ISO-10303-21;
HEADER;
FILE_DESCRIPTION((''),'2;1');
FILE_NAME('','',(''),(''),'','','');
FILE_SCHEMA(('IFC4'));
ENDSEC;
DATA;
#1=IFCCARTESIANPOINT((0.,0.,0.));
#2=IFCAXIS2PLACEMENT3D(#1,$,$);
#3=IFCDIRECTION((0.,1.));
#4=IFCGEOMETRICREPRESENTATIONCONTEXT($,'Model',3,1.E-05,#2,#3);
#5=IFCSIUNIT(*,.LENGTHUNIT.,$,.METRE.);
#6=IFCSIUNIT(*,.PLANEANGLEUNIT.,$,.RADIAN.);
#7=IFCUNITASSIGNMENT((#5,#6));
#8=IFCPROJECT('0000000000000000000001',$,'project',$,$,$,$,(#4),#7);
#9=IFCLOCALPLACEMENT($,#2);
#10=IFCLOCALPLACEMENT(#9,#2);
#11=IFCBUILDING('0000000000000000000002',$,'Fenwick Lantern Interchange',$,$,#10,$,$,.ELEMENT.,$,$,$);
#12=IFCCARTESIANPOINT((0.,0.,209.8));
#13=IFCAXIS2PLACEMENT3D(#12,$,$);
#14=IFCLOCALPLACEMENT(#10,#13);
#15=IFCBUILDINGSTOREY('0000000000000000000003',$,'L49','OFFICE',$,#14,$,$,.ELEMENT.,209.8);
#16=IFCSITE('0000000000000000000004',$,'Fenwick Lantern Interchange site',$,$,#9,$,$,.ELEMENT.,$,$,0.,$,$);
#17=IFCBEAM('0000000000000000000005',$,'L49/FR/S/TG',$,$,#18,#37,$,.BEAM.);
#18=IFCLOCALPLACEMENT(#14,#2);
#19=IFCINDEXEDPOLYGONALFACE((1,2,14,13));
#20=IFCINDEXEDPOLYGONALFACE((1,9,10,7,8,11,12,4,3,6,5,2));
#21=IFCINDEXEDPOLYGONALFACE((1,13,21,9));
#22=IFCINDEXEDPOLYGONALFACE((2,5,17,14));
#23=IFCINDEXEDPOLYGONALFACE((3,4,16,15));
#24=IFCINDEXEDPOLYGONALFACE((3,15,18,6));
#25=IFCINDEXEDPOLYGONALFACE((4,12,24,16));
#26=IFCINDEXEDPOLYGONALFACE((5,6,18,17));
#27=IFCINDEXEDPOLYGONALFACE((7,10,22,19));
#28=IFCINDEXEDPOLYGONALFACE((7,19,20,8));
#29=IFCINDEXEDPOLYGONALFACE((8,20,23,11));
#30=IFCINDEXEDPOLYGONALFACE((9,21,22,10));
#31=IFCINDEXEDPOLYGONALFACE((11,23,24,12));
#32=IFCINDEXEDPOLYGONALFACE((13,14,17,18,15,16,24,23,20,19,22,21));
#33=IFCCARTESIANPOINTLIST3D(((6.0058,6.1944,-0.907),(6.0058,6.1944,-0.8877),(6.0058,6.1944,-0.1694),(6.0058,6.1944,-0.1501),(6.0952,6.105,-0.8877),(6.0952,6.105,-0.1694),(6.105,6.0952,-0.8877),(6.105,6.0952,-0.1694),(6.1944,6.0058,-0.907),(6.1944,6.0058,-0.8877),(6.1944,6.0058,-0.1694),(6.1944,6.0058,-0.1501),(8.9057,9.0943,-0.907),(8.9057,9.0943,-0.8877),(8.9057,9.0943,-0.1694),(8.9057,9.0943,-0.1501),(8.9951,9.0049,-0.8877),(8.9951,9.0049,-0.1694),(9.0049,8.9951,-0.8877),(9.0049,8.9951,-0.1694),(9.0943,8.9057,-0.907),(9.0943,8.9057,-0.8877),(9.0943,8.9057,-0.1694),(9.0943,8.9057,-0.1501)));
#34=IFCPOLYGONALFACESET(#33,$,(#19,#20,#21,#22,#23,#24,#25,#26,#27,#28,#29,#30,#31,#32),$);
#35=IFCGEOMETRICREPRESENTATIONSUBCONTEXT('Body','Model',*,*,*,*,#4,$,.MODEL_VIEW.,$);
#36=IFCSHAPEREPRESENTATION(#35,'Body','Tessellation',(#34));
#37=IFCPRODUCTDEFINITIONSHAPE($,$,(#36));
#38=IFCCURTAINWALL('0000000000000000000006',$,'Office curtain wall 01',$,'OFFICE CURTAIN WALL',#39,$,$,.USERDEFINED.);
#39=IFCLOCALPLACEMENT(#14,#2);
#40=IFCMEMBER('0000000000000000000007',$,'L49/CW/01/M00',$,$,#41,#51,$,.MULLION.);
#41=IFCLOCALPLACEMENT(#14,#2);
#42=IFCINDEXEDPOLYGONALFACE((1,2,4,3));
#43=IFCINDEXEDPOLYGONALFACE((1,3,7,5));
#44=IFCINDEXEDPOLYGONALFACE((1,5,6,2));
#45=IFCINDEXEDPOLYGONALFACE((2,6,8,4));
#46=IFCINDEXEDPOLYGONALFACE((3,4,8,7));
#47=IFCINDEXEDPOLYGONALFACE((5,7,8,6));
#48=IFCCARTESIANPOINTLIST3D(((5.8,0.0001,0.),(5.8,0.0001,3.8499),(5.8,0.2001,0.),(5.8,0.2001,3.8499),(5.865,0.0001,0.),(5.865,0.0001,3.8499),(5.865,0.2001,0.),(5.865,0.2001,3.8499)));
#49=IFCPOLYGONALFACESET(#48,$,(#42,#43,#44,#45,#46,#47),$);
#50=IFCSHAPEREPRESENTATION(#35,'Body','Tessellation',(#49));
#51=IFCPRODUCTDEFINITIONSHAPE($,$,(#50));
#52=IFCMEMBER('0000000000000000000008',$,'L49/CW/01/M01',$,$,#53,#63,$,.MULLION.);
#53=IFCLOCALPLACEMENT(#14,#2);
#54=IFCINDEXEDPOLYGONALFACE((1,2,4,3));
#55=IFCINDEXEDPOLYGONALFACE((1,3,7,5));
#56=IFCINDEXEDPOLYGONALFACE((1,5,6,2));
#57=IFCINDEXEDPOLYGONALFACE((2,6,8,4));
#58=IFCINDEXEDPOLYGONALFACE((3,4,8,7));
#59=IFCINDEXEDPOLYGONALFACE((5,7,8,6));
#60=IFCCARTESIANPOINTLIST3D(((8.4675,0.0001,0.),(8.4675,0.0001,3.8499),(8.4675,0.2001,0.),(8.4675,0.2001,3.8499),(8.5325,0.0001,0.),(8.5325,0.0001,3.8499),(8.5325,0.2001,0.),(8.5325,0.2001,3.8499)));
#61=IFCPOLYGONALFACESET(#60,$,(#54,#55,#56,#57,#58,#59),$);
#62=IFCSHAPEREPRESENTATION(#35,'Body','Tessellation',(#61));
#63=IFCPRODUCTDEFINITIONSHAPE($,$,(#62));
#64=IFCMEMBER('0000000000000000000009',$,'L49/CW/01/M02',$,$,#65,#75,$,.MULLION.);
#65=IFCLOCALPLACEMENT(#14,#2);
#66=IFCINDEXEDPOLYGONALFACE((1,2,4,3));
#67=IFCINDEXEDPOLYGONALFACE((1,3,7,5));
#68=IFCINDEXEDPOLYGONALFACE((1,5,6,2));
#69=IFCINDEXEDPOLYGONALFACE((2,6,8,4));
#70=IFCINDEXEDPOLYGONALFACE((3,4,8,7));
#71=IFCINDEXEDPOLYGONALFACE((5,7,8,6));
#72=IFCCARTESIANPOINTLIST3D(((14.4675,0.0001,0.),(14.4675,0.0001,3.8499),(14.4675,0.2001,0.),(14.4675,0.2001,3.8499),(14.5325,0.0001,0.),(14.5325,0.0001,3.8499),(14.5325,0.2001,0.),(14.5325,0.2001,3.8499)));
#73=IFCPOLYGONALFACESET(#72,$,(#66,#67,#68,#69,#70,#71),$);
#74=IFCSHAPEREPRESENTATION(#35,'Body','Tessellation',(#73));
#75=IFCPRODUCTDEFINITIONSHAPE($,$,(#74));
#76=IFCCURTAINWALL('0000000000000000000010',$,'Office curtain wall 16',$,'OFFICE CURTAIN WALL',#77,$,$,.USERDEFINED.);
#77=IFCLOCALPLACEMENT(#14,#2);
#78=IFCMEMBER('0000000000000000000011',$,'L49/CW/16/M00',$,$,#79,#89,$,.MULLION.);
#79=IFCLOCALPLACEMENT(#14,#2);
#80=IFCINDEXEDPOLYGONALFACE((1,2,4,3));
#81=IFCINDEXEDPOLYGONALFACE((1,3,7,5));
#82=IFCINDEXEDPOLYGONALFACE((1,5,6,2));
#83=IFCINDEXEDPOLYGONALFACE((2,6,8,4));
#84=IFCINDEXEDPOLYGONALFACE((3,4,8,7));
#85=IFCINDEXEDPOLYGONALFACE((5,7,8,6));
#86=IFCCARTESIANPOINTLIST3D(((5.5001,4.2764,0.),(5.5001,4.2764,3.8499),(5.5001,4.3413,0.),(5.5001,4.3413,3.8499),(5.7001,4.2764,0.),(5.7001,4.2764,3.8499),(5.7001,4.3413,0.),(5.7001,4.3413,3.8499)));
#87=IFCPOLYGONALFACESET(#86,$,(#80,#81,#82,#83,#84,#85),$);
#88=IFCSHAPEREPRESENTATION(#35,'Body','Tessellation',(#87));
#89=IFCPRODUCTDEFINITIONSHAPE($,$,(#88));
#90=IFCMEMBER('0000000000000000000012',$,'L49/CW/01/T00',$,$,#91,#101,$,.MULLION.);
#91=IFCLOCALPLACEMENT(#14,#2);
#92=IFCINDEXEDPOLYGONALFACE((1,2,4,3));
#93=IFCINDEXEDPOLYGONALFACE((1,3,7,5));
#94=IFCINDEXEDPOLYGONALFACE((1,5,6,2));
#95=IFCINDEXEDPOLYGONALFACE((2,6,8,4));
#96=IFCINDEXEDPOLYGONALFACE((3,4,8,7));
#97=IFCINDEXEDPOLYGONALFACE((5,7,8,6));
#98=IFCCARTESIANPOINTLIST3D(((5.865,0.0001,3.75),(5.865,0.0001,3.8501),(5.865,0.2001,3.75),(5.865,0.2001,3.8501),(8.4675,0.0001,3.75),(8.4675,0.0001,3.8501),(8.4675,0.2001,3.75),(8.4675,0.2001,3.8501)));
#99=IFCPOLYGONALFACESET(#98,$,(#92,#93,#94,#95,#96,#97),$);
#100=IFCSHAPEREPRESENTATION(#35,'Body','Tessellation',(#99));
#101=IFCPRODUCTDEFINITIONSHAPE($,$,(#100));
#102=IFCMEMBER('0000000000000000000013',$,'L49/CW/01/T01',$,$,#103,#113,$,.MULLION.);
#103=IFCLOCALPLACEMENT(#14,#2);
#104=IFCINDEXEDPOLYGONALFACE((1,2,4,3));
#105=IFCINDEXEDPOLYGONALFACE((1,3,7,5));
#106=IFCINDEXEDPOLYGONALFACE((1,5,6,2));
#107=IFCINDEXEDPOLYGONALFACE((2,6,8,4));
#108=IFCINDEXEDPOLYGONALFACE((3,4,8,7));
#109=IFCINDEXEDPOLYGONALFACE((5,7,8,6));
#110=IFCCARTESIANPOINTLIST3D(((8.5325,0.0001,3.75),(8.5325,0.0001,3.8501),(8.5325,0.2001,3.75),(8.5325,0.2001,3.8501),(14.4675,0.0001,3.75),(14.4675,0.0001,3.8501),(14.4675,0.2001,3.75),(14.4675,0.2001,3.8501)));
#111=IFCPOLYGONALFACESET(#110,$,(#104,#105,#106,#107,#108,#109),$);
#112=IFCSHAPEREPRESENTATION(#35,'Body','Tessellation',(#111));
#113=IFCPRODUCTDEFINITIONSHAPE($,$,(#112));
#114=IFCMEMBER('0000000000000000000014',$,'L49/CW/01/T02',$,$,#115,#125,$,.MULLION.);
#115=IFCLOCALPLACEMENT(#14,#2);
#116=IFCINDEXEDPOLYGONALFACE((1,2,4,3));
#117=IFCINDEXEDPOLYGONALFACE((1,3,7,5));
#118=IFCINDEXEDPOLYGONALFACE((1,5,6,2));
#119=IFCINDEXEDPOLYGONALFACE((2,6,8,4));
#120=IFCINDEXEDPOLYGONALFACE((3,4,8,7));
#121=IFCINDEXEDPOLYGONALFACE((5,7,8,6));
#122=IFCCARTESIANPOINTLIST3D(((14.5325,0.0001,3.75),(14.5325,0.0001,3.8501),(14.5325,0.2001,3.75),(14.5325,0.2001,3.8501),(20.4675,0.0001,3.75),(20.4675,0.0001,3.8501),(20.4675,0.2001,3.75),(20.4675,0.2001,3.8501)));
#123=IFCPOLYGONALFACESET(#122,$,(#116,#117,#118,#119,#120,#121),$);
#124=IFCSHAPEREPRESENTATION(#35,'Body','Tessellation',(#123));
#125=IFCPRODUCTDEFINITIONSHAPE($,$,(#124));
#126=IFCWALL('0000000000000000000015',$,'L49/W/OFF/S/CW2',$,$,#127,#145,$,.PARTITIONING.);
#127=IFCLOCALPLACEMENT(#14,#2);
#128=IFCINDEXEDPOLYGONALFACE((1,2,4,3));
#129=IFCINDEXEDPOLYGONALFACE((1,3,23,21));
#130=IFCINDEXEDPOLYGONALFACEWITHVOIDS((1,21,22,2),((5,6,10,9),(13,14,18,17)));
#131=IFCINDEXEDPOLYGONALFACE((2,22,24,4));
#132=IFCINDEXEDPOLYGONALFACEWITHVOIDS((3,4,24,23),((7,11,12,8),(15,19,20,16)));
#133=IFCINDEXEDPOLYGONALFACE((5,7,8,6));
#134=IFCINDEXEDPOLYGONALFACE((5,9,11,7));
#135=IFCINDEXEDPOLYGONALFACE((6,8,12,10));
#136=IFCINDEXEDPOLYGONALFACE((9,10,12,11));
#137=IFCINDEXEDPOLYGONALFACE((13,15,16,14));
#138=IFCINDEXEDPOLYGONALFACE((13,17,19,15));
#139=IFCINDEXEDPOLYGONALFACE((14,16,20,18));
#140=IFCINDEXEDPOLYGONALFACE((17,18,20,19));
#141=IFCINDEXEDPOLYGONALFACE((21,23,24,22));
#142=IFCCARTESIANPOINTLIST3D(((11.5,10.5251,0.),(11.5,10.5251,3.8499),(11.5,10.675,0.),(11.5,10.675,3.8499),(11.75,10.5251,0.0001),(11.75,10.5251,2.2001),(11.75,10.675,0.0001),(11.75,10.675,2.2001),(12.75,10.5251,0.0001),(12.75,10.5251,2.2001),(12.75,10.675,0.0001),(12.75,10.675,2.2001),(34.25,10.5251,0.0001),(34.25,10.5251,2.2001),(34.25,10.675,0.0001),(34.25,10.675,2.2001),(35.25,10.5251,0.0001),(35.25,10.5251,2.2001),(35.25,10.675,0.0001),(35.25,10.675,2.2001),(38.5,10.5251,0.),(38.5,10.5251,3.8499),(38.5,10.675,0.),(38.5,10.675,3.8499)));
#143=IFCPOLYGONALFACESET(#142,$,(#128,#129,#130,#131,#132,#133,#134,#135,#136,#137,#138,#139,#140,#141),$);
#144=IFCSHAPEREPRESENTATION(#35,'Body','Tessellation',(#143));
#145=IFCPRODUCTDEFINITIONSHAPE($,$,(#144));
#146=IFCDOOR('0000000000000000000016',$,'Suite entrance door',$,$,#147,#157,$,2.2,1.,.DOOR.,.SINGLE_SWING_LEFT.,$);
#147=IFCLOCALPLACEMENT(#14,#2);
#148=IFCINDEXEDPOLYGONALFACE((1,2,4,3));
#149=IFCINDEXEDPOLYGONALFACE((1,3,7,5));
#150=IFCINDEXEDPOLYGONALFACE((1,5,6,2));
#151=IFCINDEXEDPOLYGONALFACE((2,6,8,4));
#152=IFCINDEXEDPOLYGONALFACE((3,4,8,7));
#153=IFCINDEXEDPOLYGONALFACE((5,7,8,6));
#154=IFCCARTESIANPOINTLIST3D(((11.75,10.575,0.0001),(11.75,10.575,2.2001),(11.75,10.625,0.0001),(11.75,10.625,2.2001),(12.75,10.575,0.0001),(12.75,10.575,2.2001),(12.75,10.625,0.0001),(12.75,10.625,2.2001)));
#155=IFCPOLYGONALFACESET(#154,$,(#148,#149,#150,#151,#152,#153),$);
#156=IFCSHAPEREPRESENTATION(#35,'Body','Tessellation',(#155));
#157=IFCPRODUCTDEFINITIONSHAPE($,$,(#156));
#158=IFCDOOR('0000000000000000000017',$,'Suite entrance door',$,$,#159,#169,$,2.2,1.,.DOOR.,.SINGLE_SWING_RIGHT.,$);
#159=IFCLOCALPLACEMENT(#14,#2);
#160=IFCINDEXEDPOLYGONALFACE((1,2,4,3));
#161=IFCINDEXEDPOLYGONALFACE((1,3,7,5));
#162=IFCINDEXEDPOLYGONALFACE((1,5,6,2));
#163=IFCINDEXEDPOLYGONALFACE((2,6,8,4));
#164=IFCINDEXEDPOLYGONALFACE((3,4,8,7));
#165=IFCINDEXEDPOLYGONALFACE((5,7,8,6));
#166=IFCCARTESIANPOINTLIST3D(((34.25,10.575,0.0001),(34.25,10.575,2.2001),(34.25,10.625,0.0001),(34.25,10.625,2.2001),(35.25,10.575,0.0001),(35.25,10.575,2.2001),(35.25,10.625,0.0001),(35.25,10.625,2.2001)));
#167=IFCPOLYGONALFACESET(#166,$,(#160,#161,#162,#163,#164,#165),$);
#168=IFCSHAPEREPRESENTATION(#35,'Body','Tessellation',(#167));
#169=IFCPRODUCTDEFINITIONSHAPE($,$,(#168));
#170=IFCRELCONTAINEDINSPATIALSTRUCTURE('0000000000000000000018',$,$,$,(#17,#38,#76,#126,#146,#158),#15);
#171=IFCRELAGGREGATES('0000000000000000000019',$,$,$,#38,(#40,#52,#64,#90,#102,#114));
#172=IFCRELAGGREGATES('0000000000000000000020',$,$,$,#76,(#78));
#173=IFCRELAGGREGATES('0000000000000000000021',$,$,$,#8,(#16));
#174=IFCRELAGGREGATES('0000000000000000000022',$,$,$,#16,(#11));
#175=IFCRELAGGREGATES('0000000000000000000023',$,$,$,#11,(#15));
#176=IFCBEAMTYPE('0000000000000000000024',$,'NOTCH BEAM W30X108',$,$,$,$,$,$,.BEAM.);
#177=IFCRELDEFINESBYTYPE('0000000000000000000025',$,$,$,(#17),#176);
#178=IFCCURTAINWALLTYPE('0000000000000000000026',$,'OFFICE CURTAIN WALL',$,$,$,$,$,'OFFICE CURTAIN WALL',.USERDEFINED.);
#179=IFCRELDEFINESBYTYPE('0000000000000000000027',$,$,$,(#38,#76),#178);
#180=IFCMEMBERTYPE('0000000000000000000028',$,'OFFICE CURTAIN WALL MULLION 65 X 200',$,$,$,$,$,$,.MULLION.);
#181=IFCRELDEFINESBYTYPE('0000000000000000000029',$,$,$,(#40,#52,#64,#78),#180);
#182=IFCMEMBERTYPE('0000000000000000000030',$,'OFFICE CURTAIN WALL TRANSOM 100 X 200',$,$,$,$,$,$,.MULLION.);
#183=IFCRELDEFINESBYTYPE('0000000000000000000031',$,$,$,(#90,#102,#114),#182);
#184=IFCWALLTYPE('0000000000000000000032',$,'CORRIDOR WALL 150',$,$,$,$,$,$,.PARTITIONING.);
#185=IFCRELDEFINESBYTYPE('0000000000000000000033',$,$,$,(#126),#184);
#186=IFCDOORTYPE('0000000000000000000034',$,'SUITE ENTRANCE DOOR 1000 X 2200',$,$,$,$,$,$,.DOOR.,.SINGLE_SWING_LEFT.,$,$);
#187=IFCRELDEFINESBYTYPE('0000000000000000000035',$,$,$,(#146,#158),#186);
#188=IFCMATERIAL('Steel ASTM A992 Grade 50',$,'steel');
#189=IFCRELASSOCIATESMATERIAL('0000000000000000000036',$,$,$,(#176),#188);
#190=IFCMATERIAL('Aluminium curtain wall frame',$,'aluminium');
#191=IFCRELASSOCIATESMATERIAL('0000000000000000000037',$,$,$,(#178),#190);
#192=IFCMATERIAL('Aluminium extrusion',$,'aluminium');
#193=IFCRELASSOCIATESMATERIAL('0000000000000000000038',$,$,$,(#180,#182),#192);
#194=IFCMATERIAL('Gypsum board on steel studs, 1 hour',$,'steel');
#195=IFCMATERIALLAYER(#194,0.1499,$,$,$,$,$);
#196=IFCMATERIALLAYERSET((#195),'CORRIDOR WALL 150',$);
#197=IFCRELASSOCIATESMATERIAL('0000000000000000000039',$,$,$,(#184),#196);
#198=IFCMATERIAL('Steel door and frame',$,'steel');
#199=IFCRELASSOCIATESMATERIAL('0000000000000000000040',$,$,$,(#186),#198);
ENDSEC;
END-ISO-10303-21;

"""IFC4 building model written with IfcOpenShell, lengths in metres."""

from ifc_helpers import new_model, si_unit, direction, frame, frame_2d, origin, origin_2d, place, context, subcontext, project, spatial, rectangle, i_section, extrude, material, layer, layer_set, material_profile, profile_set, type_object, element, fill, aggregate, save


model = new_model("IFC4")

# Units and contexts
model_context = context("Model", 3, precision=1e-05, world=origin(), true_north=direction((0.0, 1.0)))
body_context = subcontext(model_context, "Body", "Model", "MODEL_VIEW")
ifc_project = project(units=[si_unit("LENGTHUNIT", "METRE"), si_unit("PLANEANGLEUNIT", "RADIAN")], contexts=[model_context])

# Site, building, storey
site_placement = place(None, origin())
site = spatial("IfcSite", under=ifc_project, at=site_placement, Name="Fenwick Lantern Interchange site", CompositionType="ELEMENT", RefElevation=0.0)
building_placement = place(site_placement, origin())
building = spatial("IfcBuilding", under=site, at=building_placement, Name="Fenwick Lantern Interchange", CompositionType="ELEMENT")
storey_placement = place(building_placement, frame((0.0, 0.0, 209.8)))
storey = spatial("IfcBuildingStorey", under=building, at=storey_placement, Name="L49", Description="OFFICE", CompositionType="ELEMENT", Elevation=209.8)

# Shared definitions
ifc_material_1 = material(Name="Steel ASTM A992 Grade 50", Category="steel")

# Beam
ifc_material_profile_1 = material_profile(ifc_material_1, i_section(OverallWidth=0.2666, OverallDepth=0.7568, WebThickness=0.0139, FlangeThickness=0.0193, at=origin_2d()), Name="W30X108")
ifc_profile_set_1 = profile_set([ifc_material_profile_1], Name="Steel ASTM A992 Grade 50")
beam_type_1 = type_object("IfcBeamType", Name="NOTCH BEAM W30X108", PredefinedType="BEAM", material=ifc_profile_set_1)
beam_1_placement = place(storey_placement, frame((9.0, 9.0, -0.5286), z_axis=(-0.707107, -0.707107, 0.0), x_axis=(0.707107, -0.707107, 0.0)))
element("IfcBeam", 1, at=beam_1_placement, inside=storey, type_object=beam_type_1, Name="L49/FR/S/TG", PredefinedType="BEAM", context=body_context, shape_type="SweptSolid", body=[
    extrude(i_section(OverallWidth=0.2666, OverallDepth=0.7568, WebThickness=0.0139, FlangeThickness=0.0193, at=origin_2d()), origin(), (0.0, 0.0, 1.0), 4.1011),
])

# Curtain wall, members
ifc_material_2 = material(Name="Aluminium curtain wall frame", Category="aluminium")
curtain_wall_type = type_object("IfcCurtainWallType", Name="OFFICE CURTAIN WALL", ElementType="OFFICE CURTAIN WALL", PredefinedType="USERDEFINED", material=ifc_material_2)
curtain_wall_1_placement = place(storey_placement, origin())
curtain_wall_1 = element("IfcCurtainWall", 2, at=curtain_wall_1_placement, inside=storey, type_object=curtain_wall_type, Name="Office curtain wall 01", ObjectType="OFFICE CURTAIN WALL", PredefinedType="USERDEFINED")
ifc_material_3 = material(Name="Aluminium extrusion", Category="aluminium")
ifc_material_profile_2 = material_profile(ifc_material_3, rectangle(XDim=0.2, YDim=0.0649, at=origin_2d()), Name="OFFICE CURTAIN WALL MULLION 65 X 200")
ifc_profile_set_2 = profile_set([ifc_material_profile_2], Name="Aluminium extrusion")
member_type_1 = type_object("IfcMemberType", Name="OFFICE CURTAIN WALL MULLION 65 X 200", PredefinedType="MULLION", material=ifc_profile_set_2)
member_1_placement = place(storey_placement, frame((5.8325, 0.1001, 0.0), z_axis=(0.0, 0.0, 1.0), x_axis=(0.0, 1.0, 0.0)))
member_1 = element("IfcMember", 3, at=member_1_placement, type_object=member_type_1, Name="L49/CW/01/M00", PredefinedType="MULLION", context=body_context, shape_type="SweptSolid", body=[
    extrude(rectangle(XDim=0.2, YDim=0.0649, at=origin_2d()), origin(), (0.0, 0.0, 1.0), 3.8499),
])
member_2_placement = place(storey_placement, frame((8.5, 0.1001, 0.0), z_axis=(0.0, 0.0, 1.0), x_axis=(0.0, 1.0, 0.0)))
member_2 = element("IfcMember", 4, at=member_2_placement, type_object=member_type_1, Name="L49/CW/01/M01", PredefinedType="MULLION", context=body_context, shape_type="SweptSolid", body=[
    extrude(rectangle(XDim=0.2, YDim=0.0649, at=origin_2d()), origin(), (0.0, 0.0, 1.0), 3.8499),
])
member_3_placement = place(storey_placement, frame((14.5, 0.1001, 0.0), z_axis=(0.0, 0.0, 1.0), x_axis=(0.0, 1.0, 0.0)))
member_3 = element("IfcMember", 5, at=member_3_placement, type_object=member_type_1, Name="L49/CW/01/M02", PredefinedType="MULLION", context=body_context, shape_type="SweptSolid", body=[
    extrude(rectangle(XDim=0.2, YDim=0.0649, at=origin_2d()), origin(), (0.0, 0.0, 1.0), 3.8499),
])

# Curtain wall, member
curtain_wall_2_placement = place(storey_placement, origin())
curtain_wall_2 = element("IfcCurtainWall", 6, at=curtain_wall_2_placement, inside=storey, type_object=curtain_wall_type, Name="Office curtain wall 16", ObjectType="OFFICE CURTAIN WALL", PredefinedType="USERDEFINED")
member_4_placement = place(storey_placement, frame((5.6001, 4.3088, 0.0), z_axis=(0.0, 0.0, 1.0), x_axis=(1.0, 0.0, 0.0)))
member_4 = element("IfcMember", 7, at=member_4_placement, type_object=member_type_1, Name="L49/CW/16/M00", PredefinedType="MULLION", context=body_context, shape_type="SweptSolid", body=[
    extrude(rectangle(XDim=0.2, YDim=0.0649, at=origin_2d()), origin(), (0.0, 0.0, 1.0), 3.8499),
])

# Members
ifc_material_profile_3 = material_profile(ifc_material_3, rectangle(XDim=0.2, YDim=0.1001, at=origin_2d()), Name="OFFICE CURTAIN WALL TRANSOM 100 X 200")
ifc_profile_set_3 = profile_set([ifc_material_profile_3], Name="Aluminium extrusion")
member_type_2 = type_object("IfcMemberType", Name="OFFICE CURTAIN WALL TRANSOM 100 X 200", PredefinedType="MULLION", material=ifc_profile_set_3)
member_5_placement = place(storey_placement, frame((5.865, 0.1001, 3.8), z_axis=(1.0, 0.0, 0.0), x_axis=(0.0, 1.0, 0.0)))
member_5 = element("IfcMember", 8, at=member_5_placement, type_object=member_type_2, Name="L49/CW/01/T00", PredefinedType="MULLION", context=body_context, shape_type="SweptSolid", body=[
    extrude(rectangle(XDim=0.2, YDim=0.1001, at=origin_2d()), origin(), (0.0, 0.0, 1.0), 2.6025),
])
member_6_placement = place(storey_placement, frame((8.5325, 0.1001, 3.8), z_axis=(1.0, 0.0, 0.0), x_axis=(0.0, 1.0, 0.0)))
member_6 = element("IfcMember", 9, at=member_6_placement, type_object=member_type_2, Name="L49/CW/01/T01", PredefinedType="MULLION", context=body_context, shape_type="SweptSolid", body=[
    extrude(rectangle(XDim=0.2, YDim=0.1001, at=origin_2d()), origin(), (0.0, 0.0, 1.0), 5.9351),
])
member_7_placement = place(storey_placement, frame((14.5325, 0.1001, 3.8), z_axis=(1.0, 0.0, 0.0), x_axis=(0.0, 1.0, 0.0)))
member_7 = element("IfcMember", 10, at=member_7_placement, type_object=member_type_2, Name="L49/CW/01/T02", PredefinedType="MULLION", context=body_context, shape_type="SweptSolid", body=[
    extrude(rectangle(XDim=0.2, YDim=0.1001, at=origin_2d()), origin(), (0.0, 0.0, 1.0), 5.9351),
])
aggregate(curtain_wall_1, [member_1, member_2, member_3, member_5, member_6, member_7])

aggregate(curtain_wall_2, [member_4])

# Wall, openings, doors
ifc_material_4 = material(Name="Gypsum board on steel studs, 1 hour", Category="steel")
ifc_layer_1 = layer(ifc_material_4, 0.1499)
ifc_layer_set_1 = layer_set([ifc_layer_1], Name="CORRIDOR WALL 150")
wall_type = type_object("IfcWallType", Name="CORRIDOR WALL 150", PredefinedType="PARTITIONING", material=ifc_layer_set_1)
wall_placement = place(storey_placement, frame((11.5, 10.6001, 0.0), z_axis=(0.0, 0.0, 1.0), x_axis=(1.0, 0.0, 0.0)))
wall = element("IfcWall", 11, at=wall_placement, inside=storey, type_object=wall_type, Name="L49/W/OFF/S/CW2", PredefinedType="PARTITIONING", context=body_context, shape_type="SweptSolid", body=[
    extrude(rectangle(XDim=27.0, YDim=0.1499, at=frame_2d((13.5, 0.0))), origin(), (0.0, 0.0, 1.0), 3.8499),
])
opening_1_placement = place(wall_placement, frame((0.25, 0.0, 0.0)))
opening_1 = element("IfcOpeningElement", 12, at=opening_1_placement, cuts=wall, PredefinedType="OPENING", context=body_context, shape_type="SweptSolid", body=[
    extrude(rectangle(XDim=1.0, YDim=2.2, at=frame_2d((0.5, 1.1001))), frame((0.0, 0.085, 0.0), z_axis=(0.0, -1.0, 0.0), x_axis=(1.0, 0.0, 0.0)), (0.0, 0.0, 1.0), 0.1699),
])
opening_2_placement = place(wall_placement, frame((22.75, 0.0, 0.0)))
opening_2 = element("IfcOpeningElement", 13, at=opening_2_placement, cuts=wall, PredefinedType="OPENING", context=body_context, shape_type="SweptSolid", body=[
    extrude(rectangle(XDim=1.0, YDim=2.2, at=frame_2d((0.5, 1.1001))), frame((0.0, 0.085, 0.0), z_axis=(0.0, -1.0, 0.0), x_axis=(1.0, 0.0, 0.0)), (0.0, 0.0, 1.0), 0.1699),
])
ifc_material_5 = material(Name="Steel door and frame", Category="steel")
door_type = type_object("IfcDoorType", Name="SUITE ENTRANCE DOOR 1000 X 2200", OperationType="SINGLE_SWING_LEFT", PredefinedType="DOOR", material=ifc_material_5)
door_1_placement = place(opening_1_placement, origin())
door_1 = element("IfcDoor", 14, at=door_1_placement, inside=storey, type_object=door_type, Name="Suite entrance door", OperationType="SINGLE_SWING_LEFT", OverallHeight=2.2, OverallWidth=1.0, PredefinedType="DOOR", context=body_context, shape_type="SweptSolid", body=[
    extrude(rectangle(XDim=1.0, YDim=2.2, at=frame_2d((0.5, 1.1001))), frame((0.0, 0.0249, 0.0), z_axis=(0.0, -1.0, 0.0), x_axis=(1.0, 0.0, 0.0)), (0.0, 0.0, 1.0), 0.05),
])
fill(opening_1, door_1)
door_2_placement = place(opening_2_placement, origin())
door_2 = element("IfcDoor", 15, at=door_2_placement, inside=storey, type_object=door_type, Name="Suite entrance door", OperationType="SINGLE_SWING_RIGHT", OverallHeight=2.2, OverallWidth=1.0, PredefinedType="DOOR", context=body_context, shape_type="SweptSolid", body=[
    extrude(rectangle(XDim=1.0, YDim=2.2, at=frame_2d((0.5, 1.1001))), frame((0.0, 0.0249, 0.0), z_axis=(0.0, -1.0, 0.0), x_axis=(1.0, 0.0, 0.0)), (0.0, 0.0, 1.0), 0.05),
])
fill(opening_2, door_2)

save(model, "model.ifc")
